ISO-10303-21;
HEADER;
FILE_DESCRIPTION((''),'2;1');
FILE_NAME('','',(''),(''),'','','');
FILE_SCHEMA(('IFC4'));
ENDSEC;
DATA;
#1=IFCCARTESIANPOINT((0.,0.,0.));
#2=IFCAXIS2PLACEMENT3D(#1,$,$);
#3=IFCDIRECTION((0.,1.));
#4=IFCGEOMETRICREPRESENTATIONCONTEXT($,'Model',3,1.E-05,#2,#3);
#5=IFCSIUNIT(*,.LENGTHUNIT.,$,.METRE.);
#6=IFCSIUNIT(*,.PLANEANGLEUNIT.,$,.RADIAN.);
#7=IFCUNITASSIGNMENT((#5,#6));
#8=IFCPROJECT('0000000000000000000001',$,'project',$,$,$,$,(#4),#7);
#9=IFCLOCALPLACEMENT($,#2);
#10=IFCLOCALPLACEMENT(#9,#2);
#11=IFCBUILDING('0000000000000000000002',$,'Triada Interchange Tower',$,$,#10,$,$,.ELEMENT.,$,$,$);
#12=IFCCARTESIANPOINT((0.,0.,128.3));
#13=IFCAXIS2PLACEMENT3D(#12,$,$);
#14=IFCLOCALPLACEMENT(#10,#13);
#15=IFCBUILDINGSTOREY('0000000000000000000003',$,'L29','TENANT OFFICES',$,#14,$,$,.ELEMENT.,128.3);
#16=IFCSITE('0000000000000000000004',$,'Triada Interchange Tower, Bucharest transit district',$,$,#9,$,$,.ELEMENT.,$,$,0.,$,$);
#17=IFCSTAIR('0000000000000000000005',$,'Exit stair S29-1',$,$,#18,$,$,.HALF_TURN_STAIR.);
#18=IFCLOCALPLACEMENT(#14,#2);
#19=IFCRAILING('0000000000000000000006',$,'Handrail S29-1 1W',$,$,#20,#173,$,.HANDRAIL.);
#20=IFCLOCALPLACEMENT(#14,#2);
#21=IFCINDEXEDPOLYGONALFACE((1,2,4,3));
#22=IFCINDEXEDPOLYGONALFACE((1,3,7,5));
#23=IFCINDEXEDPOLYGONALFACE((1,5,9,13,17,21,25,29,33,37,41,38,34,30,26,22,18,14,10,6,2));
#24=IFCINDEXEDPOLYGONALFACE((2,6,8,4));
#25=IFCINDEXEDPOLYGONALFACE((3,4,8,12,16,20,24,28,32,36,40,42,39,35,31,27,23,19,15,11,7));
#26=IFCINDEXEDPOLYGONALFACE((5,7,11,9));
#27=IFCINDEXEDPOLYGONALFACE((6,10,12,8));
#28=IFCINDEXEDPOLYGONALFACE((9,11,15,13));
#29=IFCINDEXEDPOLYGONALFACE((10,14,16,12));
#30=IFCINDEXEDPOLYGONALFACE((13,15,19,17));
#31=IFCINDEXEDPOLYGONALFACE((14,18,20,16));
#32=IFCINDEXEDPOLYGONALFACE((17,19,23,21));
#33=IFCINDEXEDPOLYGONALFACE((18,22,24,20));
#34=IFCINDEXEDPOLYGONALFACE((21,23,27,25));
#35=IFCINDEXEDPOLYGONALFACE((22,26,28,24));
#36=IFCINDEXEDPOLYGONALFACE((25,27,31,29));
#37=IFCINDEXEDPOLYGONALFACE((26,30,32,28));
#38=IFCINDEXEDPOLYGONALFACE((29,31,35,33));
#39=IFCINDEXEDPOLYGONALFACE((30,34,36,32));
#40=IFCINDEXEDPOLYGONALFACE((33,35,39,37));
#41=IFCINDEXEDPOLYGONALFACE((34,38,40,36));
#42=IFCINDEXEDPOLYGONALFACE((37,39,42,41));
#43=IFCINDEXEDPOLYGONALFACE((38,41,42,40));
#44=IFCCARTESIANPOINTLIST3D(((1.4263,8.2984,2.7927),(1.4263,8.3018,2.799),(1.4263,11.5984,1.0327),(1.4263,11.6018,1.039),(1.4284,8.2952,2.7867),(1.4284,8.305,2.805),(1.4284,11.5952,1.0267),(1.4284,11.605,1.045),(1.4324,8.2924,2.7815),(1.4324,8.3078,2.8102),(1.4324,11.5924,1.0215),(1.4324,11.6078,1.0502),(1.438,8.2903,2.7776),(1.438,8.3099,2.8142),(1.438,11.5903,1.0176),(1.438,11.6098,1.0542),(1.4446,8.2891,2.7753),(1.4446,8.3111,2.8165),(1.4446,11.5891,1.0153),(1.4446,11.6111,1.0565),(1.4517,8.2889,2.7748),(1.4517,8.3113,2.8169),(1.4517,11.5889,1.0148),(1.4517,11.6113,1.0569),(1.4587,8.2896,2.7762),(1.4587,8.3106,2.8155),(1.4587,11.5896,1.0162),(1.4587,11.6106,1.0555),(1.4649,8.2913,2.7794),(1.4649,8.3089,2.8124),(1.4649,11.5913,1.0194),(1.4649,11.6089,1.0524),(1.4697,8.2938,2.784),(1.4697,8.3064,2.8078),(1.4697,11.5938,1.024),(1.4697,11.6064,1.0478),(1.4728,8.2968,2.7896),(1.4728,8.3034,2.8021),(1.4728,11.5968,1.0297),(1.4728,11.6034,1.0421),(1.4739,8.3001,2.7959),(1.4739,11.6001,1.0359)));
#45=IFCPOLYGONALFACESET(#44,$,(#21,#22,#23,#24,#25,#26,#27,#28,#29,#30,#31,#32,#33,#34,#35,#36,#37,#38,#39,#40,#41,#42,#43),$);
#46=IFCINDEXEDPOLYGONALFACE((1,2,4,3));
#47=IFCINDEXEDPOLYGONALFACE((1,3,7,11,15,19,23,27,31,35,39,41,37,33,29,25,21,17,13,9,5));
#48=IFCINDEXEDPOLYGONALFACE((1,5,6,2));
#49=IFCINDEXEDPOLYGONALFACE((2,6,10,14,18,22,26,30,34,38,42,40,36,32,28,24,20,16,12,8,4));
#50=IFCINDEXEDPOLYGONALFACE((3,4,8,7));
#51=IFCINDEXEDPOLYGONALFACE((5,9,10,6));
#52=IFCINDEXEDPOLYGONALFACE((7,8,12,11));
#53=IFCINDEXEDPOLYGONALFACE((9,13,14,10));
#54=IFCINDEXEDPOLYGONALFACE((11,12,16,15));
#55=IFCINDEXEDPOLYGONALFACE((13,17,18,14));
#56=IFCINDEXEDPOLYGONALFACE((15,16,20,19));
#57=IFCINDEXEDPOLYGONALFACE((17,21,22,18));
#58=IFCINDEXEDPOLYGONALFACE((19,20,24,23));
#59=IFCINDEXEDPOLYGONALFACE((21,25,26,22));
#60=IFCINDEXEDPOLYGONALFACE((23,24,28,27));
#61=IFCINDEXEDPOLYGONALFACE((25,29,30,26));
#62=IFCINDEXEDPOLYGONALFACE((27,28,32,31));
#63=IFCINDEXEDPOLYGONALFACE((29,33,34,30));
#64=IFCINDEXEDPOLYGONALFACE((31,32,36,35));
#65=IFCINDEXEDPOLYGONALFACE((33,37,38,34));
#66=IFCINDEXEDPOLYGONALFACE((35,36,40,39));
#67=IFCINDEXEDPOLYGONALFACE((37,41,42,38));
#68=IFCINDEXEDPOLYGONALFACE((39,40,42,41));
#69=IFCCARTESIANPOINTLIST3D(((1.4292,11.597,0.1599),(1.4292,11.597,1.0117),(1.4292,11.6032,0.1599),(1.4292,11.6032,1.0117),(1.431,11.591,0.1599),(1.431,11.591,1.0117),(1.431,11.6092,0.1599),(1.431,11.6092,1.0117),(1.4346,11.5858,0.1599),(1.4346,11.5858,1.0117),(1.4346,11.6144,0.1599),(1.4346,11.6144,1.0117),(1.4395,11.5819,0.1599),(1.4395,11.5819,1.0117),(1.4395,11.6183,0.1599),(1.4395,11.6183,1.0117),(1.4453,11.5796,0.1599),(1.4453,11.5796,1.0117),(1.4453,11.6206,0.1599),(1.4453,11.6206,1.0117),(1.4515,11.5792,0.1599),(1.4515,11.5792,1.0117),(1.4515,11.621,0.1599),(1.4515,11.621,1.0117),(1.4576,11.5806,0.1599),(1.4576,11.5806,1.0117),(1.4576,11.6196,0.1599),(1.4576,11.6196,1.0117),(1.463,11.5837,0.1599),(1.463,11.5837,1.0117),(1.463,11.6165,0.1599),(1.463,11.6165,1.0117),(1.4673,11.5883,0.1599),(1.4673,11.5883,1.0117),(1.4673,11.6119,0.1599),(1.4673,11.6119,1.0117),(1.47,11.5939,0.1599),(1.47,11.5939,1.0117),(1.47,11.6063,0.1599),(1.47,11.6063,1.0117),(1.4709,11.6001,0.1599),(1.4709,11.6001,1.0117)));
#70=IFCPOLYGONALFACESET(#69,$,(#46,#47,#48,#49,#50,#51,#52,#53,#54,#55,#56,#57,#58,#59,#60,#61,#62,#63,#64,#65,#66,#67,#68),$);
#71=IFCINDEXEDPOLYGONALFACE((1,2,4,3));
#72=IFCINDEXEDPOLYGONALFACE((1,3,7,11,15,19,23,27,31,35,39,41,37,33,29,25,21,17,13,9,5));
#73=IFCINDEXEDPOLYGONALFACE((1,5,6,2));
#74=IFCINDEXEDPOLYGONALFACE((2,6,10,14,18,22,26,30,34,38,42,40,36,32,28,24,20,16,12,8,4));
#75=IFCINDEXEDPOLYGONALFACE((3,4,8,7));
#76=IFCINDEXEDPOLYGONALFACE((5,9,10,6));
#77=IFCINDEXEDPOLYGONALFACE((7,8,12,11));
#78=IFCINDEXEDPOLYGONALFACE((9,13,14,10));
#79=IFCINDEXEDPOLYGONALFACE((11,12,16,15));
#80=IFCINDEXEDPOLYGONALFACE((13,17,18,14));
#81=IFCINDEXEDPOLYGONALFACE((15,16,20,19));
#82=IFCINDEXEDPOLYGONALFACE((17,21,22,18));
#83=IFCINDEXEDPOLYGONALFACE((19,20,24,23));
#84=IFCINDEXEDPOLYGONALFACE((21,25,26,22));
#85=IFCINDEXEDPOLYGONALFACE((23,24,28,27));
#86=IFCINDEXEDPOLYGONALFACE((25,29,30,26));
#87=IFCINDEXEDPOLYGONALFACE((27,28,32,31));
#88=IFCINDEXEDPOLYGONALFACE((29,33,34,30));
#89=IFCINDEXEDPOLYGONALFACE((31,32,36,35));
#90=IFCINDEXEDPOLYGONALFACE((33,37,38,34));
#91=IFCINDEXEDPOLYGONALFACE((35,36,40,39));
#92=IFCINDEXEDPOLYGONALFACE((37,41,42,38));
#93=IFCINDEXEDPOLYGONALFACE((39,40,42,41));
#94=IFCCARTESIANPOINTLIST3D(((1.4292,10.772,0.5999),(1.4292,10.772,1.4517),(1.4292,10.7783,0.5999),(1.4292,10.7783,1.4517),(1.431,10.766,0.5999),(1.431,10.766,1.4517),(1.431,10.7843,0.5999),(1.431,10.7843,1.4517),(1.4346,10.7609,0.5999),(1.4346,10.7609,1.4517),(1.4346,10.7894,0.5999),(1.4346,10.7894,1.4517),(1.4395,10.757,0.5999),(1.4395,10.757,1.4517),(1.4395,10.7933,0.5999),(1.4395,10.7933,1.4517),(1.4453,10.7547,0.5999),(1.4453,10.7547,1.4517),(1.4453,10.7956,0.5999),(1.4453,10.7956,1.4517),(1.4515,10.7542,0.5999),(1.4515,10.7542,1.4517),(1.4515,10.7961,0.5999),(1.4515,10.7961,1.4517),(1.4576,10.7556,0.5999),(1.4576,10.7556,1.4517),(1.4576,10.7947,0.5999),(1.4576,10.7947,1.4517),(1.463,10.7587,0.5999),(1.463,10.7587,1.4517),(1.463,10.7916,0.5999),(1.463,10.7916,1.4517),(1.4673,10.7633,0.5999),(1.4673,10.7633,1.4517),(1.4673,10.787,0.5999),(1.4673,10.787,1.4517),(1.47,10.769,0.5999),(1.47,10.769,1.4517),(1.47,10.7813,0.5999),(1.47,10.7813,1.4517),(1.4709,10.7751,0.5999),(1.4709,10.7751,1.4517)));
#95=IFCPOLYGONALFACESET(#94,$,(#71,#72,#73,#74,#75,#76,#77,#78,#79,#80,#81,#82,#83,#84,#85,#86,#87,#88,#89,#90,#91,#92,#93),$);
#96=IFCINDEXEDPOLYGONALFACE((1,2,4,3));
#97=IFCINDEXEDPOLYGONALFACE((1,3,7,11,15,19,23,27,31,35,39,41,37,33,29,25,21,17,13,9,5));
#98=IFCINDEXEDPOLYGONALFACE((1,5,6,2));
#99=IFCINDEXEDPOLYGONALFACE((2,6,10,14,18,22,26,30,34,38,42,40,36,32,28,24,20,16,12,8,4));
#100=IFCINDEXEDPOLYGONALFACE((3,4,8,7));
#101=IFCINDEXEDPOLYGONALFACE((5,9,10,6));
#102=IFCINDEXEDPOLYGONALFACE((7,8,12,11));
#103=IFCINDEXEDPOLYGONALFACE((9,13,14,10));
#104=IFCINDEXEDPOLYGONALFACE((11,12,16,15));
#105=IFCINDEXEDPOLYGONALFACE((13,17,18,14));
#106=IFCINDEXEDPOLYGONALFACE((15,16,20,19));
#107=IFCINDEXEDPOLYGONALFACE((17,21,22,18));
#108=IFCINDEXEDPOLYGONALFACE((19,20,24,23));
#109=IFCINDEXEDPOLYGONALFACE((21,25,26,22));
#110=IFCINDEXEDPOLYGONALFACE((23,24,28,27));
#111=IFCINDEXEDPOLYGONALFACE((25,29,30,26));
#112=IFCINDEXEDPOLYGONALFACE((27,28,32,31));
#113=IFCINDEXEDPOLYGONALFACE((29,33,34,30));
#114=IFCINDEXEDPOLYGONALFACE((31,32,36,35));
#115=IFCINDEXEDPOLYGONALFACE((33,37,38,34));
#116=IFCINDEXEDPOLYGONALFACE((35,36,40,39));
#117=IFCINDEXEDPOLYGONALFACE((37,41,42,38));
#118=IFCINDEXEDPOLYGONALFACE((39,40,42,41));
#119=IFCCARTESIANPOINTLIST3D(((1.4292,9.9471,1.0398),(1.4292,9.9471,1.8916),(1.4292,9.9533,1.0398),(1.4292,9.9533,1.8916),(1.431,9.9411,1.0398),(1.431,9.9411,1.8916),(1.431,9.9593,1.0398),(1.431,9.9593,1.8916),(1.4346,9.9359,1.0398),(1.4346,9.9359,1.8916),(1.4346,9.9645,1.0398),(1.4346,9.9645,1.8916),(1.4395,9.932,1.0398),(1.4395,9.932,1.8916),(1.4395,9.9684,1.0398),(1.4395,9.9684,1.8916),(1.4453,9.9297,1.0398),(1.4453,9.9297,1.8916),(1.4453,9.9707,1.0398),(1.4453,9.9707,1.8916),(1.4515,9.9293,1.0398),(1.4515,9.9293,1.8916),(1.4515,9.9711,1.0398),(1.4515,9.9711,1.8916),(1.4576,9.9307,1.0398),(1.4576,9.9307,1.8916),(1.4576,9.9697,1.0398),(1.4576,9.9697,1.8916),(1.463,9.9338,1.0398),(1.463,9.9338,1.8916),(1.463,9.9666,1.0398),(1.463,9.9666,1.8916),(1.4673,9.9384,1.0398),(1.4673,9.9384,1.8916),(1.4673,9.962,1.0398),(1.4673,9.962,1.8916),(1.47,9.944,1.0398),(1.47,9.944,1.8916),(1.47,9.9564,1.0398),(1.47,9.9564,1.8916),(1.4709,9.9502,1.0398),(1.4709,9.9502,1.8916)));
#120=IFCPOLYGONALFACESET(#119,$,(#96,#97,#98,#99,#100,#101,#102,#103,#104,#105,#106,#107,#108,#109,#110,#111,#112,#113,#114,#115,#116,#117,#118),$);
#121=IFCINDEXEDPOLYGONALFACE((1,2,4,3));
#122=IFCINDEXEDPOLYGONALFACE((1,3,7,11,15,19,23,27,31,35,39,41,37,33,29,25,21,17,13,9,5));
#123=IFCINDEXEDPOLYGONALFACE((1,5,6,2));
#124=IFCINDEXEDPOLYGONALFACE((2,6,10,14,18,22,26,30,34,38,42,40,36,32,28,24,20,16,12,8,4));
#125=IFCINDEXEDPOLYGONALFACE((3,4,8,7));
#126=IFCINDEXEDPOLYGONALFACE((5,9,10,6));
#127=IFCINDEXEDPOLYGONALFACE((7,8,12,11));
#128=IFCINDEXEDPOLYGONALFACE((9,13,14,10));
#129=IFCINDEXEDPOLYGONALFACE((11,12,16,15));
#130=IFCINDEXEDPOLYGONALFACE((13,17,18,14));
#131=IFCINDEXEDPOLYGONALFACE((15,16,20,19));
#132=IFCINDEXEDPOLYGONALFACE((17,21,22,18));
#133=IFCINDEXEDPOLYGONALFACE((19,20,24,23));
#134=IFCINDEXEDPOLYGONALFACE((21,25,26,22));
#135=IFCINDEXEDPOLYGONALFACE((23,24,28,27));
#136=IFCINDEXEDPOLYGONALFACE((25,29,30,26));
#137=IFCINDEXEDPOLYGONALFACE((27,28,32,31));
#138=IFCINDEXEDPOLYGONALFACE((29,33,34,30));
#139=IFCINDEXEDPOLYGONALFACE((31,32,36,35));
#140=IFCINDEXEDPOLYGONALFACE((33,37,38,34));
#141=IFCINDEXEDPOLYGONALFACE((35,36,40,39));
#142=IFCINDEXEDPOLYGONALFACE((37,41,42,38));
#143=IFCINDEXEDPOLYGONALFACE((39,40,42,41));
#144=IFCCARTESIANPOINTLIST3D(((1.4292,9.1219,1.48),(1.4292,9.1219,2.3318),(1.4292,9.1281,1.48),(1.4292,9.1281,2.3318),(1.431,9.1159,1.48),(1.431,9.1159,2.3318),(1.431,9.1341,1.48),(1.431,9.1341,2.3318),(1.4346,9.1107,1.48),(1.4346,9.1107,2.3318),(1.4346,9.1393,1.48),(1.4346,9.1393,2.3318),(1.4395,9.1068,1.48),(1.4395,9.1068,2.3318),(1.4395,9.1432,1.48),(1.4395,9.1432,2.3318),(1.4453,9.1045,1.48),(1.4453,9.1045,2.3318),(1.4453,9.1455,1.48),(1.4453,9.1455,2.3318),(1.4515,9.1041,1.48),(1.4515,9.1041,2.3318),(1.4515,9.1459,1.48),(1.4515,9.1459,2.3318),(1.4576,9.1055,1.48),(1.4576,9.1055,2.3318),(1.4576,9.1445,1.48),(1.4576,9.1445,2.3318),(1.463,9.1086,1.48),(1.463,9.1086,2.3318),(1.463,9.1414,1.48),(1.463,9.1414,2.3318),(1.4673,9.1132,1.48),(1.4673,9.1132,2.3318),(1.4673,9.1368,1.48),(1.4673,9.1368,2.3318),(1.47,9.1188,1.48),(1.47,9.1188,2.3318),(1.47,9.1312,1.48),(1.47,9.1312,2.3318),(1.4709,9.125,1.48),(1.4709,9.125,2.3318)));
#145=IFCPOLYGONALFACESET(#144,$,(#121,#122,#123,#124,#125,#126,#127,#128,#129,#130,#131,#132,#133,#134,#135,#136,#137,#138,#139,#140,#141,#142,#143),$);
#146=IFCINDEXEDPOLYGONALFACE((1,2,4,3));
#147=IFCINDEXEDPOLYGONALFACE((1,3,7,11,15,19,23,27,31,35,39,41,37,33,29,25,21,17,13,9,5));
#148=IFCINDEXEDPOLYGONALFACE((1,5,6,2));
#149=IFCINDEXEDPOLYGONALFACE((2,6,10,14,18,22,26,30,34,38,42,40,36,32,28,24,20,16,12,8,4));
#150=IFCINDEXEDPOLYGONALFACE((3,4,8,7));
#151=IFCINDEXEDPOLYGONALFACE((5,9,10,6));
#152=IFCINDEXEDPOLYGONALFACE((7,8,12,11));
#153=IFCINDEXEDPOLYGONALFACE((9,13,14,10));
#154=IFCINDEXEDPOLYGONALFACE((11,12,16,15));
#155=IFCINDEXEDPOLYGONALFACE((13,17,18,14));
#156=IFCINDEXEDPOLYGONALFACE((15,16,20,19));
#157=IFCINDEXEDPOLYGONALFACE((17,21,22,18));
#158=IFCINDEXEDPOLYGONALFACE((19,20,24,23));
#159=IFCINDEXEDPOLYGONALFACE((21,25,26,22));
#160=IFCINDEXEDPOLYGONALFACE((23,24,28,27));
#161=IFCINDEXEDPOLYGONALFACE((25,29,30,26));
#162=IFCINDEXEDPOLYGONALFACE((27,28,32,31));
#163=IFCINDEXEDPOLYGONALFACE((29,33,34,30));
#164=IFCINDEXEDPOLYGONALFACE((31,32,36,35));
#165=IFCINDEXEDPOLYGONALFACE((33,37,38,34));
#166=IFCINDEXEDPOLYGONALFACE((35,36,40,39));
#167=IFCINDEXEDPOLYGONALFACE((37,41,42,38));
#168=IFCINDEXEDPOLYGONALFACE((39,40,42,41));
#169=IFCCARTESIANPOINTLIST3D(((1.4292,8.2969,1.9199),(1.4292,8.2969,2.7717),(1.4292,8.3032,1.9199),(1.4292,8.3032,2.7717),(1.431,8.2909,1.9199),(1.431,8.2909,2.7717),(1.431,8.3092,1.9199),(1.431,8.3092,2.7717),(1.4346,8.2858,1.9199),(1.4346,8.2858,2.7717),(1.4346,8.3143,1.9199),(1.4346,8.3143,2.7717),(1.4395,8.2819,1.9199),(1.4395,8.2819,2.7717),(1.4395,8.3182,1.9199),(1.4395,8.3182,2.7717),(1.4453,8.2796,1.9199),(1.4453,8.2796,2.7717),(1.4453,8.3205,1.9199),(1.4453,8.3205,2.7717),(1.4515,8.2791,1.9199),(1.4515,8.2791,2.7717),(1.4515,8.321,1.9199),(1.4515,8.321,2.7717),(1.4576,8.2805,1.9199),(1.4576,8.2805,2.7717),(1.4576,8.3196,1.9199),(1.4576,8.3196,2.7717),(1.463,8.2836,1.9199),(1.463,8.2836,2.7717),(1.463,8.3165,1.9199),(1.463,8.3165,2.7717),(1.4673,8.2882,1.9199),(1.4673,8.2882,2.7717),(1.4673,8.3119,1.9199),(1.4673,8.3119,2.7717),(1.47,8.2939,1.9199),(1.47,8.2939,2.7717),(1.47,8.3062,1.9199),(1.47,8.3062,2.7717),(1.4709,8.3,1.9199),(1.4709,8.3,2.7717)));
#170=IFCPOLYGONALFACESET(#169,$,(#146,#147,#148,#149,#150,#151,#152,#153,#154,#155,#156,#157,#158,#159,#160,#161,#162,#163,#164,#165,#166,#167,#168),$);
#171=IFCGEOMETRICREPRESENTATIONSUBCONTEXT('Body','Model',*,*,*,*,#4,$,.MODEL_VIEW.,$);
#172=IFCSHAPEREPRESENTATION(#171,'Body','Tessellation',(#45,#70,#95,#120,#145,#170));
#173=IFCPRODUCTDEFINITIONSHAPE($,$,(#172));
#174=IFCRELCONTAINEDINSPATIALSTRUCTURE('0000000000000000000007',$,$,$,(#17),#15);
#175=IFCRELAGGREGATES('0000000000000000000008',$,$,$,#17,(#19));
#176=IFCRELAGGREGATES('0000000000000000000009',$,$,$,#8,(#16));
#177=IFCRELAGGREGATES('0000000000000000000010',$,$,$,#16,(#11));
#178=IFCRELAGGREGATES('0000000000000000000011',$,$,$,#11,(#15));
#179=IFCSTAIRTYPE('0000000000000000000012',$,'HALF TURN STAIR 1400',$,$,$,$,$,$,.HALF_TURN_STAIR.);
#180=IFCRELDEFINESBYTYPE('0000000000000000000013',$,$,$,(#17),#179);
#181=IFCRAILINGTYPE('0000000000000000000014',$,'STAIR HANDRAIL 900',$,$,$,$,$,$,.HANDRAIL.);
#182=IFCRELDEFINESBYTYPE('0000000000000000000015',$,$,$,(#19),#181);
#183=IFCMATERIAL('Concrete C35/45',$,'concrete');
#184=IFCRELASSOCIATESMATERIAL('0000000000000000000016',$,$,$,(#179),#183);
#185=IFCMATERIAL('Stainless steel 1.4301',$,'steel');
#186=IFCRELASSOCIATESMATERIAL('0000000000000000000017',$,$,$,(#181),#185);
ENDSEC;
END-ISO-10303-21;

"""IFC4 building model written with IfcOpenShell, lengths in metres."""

from ifc_helpers import new_model, si_unit, direction, frame, origin, origin_2d, place, context, subcontext, project, spatial, circle, extrude, material, type_object, element, aggregate, save


model = new_model("IFC4")

# Units and contexts
model_context = context("Model", 3, precision=1e-05, world=origin(), true_north=direction((0.0, 1.0)))
body_context = subcontext(model_context, "Body", "Model", "MODEL_VIEW")
ifc_project = project(units=[si_unit("LENGTHUNIT", "METRE"), si_unit("PLANEANGLEUNIT", "RADIAN")], contexts=[model_context])

# Site, building, storey
site_placement = place(None, origin())
site = spatial("IfcSite", under=ifc_project, at=site_placement, Name="Triada Interchange Tower, Bucharest transit district", CompositionType="ELEMENT", RefElevation=0.0)
building_placement = place(site_placement, origin())
building = spatial("IfcBuilding", under=site, at=building_placement, Name="Triada Interchange Tower", CompositionType="ELEMENT")
storey_placement = place(building_placement, frame((0.0, 0.0, 128.3)))
storey = spatial("IfcBuildingStorey", under=building, at=storey_placement, Name="L29", Description="TENANT OFFICES", CompositionType="ELEMENT", Elevation=128.3)

# Stair
ifc_material_1 = material(Name="Concrete C35/45", Category="concrete")
stair_type = type_object("IfcStairType", Name="HALF TURN STAIR 1400", PredefinedType="HALF_TURN_STAIR", material=ifc_material_1)
stair_placement = place(storey_placement, origin())
stair = element("IfcStair", 1, at=stair_placement, inside=storey, type_object=stair_type, Name="Exit stair S29-1", PredefinedType="HALF_TURN_STAIR")

# Railing
ifc_material_2 = material(Name="Stainless steel 1.4301", Category="steel")
railing_type = type_object("IfcRailingType", Name="STAIR HANDRAIL 900", PredefinedType="HANDRAIL", material=ifc_material_2)
railing_1_placement = place(storey_placement, frame((1.45, 11.6001, 0.1599)))
railing_1 = element("IfcRailing", 2, at=railing_1_placement, type_object=railing_type, Name="Handrail S29-1 1W", PredefinedType="HANDRAIL", context=body_context, shape_type="SweptSolid", body=[
    extrude(circle(Radius=0.0239, at=origin_2d()), frame((0.0, 0.0, 0.876), z_axis=(0.0, -0.882355, 0.470585), x_axis=(1.0, 0.0, 0.0)), (0.0, 0.0, 1.0), 3.74),
    extrude(circle(Radius=0.021, at=origin_2d()), origin(), (0.0, 0.0, 1.0), 0.8518),
    extrude(circle(Radius=0.021, at=origin_2d()), frame((0.0, -0.825, 0.4399)), (0.0, 0.0, 1.0), 0.8518),
    extrude(circle(Radius=0.021, at=origin_2d()), frame((0.0, -1.6499, 0.8799)), (0.0, 0.0, 1.0), 0.8518),
    extrude(circle(Radius=0.021, at=origin_2d()), frame((0.0, -2.4751, 1.3201)), (0.0, 0.0, 1.0), 0.8518),
    extrude(circle(Radius=0.021, at=origin_2d()), frame((0.0, -3.3, 1.76)), (0.0, 0.0, 1.0), 0.8518),
])
aggregate(stair, [railing_1])

save(model, "model.ifc")
